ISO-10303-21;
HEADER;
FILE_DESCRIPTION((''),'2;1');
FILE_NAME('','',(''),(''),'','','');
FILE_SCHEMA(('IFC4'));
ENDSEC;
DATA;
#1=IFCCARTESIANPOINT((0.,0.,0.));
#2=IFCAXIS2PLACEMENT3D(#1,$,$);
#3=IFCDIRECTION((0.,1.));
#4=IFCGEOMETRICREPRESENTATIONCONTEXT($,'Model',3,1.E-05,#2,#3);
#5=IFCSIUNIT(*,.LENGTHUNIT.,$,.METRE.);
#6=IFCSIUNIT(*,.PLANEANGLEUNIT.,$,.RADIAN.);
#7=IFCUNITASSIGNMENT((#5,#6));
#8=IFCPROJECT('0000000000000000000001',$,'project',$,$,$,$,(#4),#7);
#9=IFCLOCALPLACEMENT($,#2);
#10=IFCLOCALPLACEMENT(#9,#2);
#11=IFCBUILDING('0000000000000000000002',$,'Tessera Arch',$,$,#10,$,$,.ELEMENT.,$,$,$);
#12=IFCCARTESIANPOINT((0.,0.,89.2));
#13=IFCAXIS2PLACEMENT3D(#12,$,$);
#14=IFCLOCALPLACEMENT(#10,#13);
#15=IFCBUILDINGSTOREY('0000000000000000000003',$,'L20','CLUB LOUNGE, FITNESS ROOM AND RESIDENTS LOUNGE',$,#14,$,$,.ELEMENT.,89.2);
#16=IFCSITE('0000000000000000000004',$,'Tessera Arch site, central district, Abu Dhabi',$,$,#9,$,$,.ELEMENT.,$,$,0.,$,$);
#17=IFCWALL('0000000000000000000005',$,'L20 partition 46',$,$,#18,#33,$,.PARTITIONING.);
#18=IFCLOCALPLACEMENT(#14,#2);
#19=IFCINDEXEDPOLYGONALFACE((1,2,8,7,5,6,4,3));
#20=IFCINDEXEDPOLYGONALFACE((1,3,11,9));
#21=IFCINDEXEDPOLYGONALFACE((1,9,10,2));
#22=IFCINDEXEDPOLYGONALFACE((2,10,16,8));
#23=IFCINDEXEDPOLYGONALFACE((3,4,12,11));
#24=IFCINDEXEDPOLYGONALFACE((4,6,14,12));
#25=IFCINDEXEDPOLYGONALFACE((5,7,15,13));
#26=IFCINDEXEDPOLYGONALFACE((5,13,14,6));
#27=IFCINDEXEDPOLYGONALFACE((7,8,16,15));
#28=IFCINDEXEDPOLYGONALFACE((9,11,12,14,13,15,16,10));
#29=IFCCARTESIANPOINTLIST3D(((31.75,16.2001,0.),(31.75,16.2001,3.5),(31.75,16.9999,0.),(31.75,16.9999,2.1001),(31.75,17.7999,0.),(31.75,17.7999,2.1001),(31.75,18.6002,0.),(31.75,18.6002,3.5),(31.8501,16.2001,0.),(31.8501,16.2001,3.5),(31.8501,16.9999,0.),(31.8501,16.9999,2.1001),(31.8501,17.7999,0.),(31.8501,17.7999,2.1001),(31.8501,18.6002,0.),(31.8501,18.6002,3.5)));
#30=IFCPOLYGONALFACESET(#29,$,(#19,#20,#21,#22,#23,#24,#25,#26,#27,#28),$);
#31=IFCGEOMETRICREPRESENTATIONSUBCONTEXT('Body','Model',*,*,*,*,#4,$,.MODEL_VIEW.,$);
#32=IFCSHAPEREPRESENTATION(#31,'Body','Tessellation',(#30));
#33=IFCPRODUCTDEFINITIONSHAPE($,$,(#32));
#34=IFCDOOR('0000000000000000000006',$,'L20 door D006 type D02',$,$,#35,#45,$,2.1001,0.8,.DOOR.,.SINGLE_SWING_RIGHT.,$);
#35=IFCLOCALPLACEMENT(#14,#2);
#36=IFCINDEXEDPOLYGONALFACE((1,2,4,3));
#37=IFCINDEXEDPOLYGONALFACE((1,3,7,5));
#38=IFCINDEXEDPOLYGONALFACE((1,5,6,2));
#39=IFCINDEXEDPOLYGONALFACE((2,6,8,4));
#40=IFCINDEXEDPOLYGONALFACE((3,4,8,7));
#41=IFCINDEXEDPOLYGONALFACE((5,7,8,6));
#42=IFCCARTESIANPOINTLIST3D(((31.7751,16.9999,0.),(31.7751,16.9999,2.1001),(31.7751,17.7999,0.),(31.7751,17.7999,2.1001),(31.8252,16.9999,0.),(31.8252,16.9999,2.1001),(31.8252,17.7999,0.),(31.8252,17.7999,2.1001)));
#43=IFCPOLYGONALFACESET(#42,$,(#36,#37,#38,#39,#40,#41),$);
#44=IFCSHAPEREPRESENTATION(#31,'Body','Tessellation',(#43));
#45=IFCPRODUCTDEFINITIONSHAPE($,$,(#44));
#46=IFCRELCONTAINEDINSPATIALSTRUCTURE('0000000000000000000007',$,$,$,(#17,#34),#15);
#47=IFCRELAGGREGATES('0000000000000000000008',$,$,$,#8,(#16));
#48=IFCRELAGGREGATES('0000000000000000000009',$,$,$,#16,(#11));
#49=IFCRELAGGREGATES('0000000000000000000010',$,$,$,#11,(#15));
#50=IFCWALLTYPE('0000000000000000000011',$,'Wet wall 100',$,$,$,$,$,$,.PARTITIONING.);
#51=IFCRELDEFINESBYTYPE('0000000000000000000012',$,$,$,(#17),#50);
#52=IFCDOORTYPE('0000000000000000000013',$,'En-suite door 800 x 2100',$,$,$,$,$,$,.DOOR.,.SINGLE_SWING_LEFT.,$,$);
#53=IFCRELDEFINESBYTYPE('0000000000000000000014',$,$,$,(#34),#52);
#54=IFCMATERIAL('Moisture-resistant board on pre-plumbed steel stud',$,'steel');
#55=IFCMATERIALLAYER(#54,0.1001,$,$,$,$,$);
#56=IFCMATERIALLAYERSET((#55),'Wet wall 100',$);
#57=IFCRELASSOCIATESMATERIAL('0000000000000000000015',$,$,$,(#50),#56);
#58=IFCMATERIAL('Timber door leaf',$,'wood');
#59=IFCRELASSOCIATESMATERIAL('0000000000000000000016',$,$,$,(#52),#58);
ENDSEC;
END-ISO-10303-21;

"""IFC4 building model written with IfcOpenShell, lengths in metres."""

from ifc_helpers import new_model, si_unit, direction, frame, frame_2d, origin, place, context, subcontext, project, spatial, rectangle, extrude, material, layer, layer_set, type_object, element, fill, save


model = new_model("IFC4")

# Units and contexts
model_context = context("Model", 3, precision=1e-05, world=origin(), true_north=direction((0.0, 1.0)))
body_context = subcontext(model_context, "Body", "Model", "MODEL_VIEW")
ifc_project = project(units=[si_unit("LENGTHUNIT", "METRE"), si_unit("PLANEANGLEUNIT", "RADIAN")], contexts=[model_context])

# Site, building, storey
site_placement = place(None, origin())
site = spatial("IfcSite", under=ifc_project, at=site_placement, Name="Tessera Arch site, central district, Abu Dhabi", CompositionType="ELEMENT", RefElevation=0.0)
building_placement = place(site_placement, origin())
building = spatial("IfcBuilding", under=site, at=building_placement, Name="Tessera Arch", CompositionType="ELEMENT")
storey_placement = place(building_placement, frame((0.0, 0.0, 89.2)))
storey = spatial("IfcBuildingStorey", under=building, at=storey_placement, Name="L20", Description="CLUB LOUNGE, FITNESS ROOM AND RESIDENTS LOUNGE", CompositionType="ELEMENT", Elevation=89.2)

# Wall, opening, door
ifc_material_1 = material(Name="Moisture-resistant board on pre-plumbed steel stud", Category="steel")
ifc_layer_1 = layer(ifc_material_1, 0.1001)
ifc_layer_set_1 = layer_set([ifc_layer_1], Name="Wet wall 100")
wall_type_1 = type_object("IfcWallType", Name="Wet wall 100", PredefinedType="PARTITIONING", material=ifc_layer_set_1)
wall_1_placement = place(storey_placement, frame((31.8, 16.2, 0.0), z_axis=(0.0, 0.0, 1.0), x_axis=(0.0, 1.0, 0.0)))
wall_1 = element("IfcWall", 1, at=wall_1_placement, inside=storey, type_object=wall_type_1, Name="L20 partition 46", PredefinedType="PARTITIONING", context=body_context, shape_type="SweptSolid", body=[
    extrude(rectangle(XDim=2.4001, YDim=0.1001, at=frame_2d((1.2002, 0.0))), origin(), (0.0, 0.0, 1.0), 3.5),
])
opening_1_placement = place(wall_1_placement, frame((0.8, 0.0, 0.0)))
opening_1 = element("IfcOpeningElement", 2, at=opening_1_placement, cuts=wall_1, PredefinedType="OPENING", context=body_context, shape_type="SweptSolid", body=[
    extrude(rectangle(XDim=0.8, YDim=2.1001, at=frame_2d((0.3999, 1.05))), frame((0.0, 0.0601, 0.0), z_axis=(0.0, -1.0, 0.0), x_axis=(1.0, 0.0, 0.0)), (0.0, 0.0, 1.0), 0.1201),
])
ifc_material_2 = material(Name="Timber door leaf", Category="wood")
door_type_1 = type_object("IfcDoorType", Name="En-suite door 800 x 2100", OperationType="SINGLE_SWING_LEFT", PredefinedType="DOOR", material=ifc_material_2)
door_1_placement = place(opening_1_placement, origin())
door_1 = element("IfcDoor", 3, at=door_1_placement, inside=storey, type_object=door_type_1, Name="L20 door D006 type D02", OperationType="SINGLE_SWING_RIGHT", OverallHeight=2.1001, OverallWidth=0.8, PredefinedType="DOOR", context=body_context, shape_type="SweptSolid", body=[
    extrude(rectangle(XDim=0.8, YDim=2.1001, at=frame_2d((0.3999, 1.05))), frame((0.0, 0.0249, 0.0), z_axis=(0.0, -1.0, 0.0), x_axis=(1.0, 0.0, 0.0)), (0.0, 0.0, 1.0), 0.05),
])
fill(opening_1, door_1)

save(model, "model.ifc")
